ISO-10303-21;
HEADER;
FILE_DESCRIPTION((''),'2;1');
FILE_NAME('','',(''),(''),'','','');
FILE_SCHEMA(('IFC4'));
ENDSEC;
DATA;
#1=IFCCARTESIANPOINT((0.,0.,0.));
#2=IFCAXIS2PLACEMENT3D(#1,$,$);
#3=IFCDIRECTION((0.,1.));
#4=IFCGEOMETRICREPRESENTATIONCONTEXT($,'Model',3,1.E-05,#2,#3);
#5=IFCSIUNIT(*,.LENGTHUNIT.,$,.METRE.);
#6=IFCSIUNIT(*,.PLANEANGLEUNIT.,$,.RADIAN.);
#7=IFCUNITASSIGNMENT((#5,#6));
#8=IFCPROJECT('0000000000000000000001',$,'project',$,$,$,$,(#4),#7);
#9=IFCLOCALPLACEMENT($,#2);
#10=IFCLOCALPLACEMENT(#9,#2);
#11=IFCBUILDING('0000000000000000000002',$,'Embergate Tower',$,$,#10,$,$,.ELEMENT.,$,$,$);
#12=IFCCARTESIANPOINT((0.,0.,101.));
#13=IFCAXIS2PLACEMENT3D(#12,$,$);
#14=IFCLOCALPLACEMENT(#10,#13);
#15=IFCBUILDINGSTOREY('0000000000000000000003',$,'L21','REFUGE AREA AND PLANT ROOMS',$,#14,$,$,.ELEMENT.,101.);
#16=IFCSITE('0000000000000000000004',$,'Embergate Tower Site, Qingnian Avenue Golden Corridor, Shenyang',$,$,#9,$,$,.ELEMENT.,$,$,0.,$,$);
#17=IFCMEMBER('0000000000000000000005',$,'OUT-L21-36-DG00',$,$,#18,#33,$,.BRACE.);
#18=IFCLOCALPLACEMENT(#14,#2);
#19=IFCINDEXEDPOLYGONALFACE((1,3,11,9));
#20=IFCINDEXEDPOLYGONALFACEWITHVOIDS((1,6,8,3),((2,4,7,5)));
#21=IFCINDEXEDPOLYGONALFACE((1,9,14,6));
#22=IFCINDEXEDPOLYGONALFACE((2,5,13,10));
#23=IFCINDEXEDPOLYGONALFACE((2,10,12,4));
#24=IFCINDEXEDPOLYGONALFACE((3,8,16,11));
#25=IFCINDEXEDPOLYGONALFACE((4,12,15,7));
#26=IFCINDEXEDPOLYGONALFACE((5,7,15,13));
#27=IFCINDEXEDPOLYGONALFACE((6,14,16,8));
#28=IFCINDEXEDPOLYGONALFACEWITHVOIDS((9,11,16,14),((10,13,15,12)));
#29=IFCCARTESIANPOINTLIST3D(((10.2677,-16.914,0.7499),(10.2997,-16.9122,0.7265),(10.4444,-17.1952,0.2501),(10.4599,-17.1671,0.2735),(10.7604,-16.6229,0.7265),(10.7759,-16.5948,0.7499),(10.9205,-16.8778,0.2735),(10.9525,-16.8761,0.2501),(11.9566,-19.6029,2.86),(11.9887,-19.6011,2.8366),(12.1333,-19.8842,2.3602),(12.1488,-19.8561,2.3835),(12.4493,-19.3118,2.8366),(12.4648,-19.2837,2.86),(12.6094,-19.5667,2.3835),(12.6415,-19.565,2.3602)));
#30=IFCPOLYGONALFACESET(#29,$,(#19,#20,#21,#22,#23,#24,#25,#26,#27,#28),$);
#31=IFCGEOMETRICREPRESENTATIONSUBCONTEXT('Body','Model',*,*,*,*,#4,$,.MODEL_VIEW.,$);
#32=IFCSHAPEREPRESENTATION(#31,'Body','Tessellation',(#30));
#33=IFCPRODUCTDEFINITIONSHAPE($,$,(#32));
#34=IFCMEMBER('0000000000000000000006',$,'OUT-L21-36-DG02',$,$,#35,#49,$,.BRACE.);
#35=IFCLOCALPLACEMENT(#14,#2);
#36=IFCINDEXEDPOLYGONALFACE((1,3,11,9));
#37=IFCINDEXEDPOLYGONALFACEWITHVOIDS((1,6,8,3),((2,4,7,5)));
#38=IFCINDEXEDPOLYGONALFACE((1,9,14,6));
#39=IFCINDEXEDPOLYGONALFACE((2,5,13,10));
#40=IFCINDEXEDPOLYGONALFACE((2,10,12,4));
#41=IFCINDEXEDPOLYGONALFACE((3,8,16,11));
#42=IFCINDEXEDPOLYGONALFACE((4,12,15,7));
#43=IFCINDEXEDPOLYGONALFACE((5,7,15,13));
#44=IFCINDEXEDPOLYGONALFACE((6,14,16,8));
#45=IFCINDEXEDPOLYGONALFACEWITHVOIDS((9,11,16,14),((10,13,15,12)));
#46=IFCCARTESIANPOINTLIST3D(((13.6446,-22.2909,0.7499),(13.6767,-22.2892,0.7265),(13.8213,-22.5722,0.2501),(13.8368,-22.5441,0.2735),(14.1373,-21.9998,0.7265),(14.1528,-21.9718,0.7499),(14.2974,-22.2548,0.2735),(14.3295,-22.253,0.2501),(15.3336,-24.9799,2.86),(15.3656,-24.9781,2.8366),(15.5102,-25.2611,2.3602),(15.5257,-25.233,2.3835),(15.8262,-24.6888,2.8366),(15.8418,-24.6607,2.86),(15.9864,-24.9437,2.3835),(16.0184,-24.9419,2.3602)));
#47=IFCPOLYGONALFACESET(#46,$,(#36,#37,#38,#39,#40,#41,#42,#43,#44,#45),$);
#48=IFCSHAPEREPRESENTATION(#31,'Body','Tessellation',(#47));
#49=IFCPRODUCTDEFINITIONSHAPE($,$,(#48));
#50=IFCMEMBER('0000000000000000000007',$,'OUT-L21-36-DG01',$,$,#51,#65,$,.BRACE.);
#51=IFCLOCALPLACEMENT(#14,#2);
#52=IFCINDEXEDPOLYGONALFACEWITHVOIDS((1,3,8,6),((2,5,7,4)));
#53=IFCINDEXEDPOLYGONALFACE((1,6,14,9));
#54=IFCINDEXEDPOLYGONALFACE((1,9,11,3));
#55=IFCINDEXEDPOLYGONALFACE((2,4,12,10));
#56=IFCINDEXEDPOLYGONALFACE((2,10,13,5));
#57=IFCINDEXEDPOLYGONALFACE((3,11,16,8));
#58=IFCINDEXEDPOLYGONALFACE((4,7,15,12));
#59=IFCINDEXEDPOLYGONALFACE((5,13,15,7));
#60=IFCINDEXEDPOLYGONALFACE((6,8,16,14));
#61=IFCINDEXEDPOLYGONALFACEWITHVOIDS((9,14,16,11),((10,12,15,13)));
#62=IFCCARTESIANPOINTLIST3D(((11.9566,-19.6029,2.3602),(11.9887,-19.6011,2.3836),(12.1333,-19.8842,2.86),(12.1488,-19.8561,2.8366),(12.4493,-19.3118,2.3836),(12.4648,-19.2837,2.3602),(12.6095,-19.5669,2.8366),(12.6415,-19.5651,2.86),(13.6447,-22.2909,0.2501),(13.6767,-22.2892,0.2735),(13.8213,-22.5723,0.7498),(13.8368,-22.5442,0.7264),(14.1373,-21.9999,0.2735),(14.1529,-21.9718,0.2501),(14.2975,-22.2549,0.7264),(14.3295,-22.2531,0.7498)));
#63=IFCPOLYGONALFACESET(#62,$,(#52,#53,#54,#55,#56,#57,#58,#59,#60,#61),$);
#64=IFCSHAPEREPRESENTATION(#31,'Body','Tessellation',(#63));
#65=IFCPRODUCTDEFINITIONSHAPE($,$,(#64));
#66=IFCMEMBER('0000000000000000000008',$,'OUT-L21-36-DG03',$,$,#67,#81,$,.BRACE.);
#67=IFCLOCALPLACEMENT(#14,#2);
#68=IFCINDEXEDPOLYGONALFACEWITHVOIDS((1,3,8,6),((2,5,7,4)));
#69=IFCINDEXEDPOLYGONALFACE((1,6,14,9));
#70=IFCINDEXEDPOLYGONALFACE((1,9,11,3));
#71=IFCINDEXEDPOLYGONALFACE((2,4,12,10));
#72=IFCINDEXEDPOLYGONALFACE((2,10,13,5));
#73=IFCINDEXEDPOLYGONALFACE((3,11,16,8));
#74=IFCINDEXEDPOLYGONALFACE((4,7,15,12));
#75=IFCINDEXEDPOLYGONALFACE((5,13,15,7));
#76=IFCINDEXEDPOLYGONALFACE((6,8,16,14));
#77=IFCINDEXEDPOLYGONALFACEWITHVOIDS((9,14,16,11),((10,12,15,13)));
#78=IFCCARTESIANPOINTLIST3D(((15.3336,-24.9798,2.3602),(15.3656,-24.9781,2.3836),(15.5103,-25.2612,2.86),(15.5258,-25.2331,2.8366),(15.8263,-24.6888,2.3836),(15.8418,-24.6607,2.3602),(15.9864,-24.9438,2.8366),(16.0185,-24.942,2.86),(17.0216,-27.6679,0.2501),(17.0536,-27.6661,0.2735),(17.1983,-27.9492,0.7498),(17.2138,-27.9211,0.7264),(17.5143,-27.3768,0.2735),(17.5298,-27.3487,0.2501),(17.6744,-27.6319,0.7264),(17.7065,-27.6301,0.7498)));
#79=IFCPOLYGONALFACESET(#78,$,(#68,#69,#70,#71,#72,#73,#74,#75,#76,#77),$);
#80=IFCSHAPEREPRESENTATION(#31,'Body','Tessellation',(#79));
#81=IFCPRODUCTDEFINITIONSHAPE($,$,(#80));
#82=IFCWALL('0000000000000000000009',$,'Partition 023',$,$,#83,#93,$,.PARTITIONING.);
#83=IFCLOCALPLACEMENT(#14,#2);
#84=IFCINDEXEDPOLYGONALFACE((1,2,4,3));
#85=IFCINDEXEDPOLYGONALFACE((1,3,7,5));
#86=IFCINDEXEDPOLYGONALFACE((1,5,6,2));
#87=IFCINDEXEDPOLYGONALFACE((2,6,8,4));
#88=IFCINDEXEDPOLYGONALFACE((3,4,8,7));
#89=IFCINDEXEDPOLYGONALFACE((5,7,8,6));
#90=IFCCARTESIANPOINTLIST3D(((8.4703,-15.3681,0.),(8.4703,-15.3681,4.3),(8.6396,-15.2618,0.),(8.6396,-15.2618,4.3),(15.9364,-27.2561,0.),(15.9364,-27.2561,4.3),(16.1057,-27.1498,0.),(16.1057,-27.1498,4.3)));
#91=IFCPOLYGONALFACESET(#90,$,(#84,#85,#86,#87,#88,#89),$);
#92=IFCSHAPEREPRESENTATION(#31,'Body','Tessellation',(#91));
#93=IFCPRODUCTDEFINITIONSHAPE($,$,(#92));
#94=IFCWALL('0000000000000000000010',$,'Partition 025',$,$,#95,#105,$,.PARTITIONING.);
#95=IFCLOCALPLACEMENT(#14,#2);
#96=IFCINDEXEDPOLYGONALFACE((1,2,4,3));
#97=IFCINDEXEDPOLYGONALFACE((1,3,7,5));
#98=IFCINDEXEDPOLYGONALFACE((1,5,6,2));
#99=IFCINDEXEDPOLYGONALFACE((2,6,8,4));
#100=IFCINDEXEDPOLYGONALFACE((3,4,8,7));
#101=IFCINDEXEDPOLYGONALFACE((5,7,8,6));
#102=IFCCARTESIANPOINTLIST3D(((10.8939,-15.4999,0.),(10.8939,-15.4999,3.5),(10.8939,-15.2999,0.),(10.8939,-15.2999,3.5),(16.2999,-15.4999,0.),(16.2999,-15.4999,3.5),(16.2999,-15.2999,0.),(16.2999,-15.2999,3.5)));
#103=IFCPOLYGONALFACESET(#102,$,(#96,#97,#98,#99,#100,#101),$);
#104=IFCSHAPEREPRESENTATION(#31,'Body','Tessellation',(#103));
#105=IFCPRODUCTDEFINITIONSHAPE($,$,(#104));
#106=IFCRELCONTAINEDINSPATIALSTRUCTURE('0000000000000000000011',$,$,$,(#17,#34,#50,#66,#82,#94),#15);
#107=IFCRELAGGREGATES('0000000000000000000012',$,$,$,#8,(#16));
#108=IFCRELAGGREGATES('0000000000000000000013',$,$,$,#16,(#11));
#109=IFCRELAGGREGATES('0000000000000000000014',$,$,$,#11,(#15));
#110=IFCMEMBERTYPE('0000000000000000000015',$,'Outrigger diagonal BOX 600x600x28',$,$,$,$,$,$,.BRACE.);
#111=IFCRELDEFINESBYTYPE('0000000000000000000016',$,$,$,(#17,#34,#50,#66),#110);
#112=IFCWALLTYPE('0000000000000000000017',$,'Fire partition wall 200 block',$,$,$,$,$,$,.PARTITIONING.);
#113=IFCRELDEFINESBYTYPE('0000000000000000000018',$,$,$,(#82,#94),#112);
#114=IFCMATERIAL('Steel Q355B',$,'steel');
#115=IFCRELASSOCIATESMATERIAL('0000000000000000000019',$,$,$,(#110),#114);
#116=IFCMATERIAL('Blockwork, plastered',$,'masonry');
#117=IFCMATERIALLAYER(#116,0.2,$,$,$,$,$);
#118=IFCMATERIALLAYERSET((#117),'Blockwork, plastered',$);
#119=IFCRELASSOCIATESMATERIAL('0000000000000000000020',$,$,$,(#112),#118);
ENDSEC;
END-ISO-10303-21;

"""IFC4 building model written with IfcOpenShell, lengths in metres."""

from ifc_helpers import new_model, si_unit, direction, frame, frame_2d, origin, origin_2d, place, context, subcontext, project, spatial, rectangle, hollow_rectangle, extrude, source, transform, mapped, material, layer, layer_set, material_profile, profile_set, type_object, element, save


model = new_model("IFC4")

# Units and contexts
model_context = context("Model", 3, precision=1e-05, world=origin(), true_north=direction((0.0, 1.0)))
body_context = subcontext(model_context, "Body", "Model", "MODEL_VIEW")
ifc_project = project(units=[si_unit("LENGTHUNIT", "METRE"), si_unit("PLANEANGLEUNIT", "RADIAN")], contexts=[model_context])

# Site, building, storey
site_placement = place(None, origin())
site = spatial("IfcSite", under=ifc_project, at=site_placement, Name="Embergate Tower Site, Qingnian Avenue Golden Corridor, Shenyang", CompositionType="ELEMENT", RefElevation=0.0)
building_placement = place(site_placement, origin())
building = spatial("IfcBuilding", under=site, at=building_placement, Name="Embergate Tower", CompositionType="ELEMENT")
storey_placement = place(building_placement, frame((0.0, 0.0, 101.0)))
storey = spatial("IfcBuildingStorey", under=building, at=storey_placement, Name="L21", Description="REFUGE AREA AND PLANT ROOMS", CompositionType="ELEMENT", Elevation=101.0)

# Members
ifc_material_1 = material(Name="Steel Q355B", Category="steel")
ifc_material_profile_1 = material_profile(ifc_material_1, hollow_rectangle(XDim=0.6001, YDim=0.6001, WallThickness=0.0281, at=origin_2d()), Name="BOX 600x600x28")
ifc_profile_set_1 = profile_set([ifc_material_profile_1], Name="Steel Q355 grade B")
member_type_1 = type_object("IfcMemberType", Name="Outrigger diagonal BOX 600x600x28", PredefinedType="BRACE", material=ifc_profile_set_1)
shared_shape_1 = source(origin(), body_context, "Body", "SweptSolid", [
    extrude(hollow_rectangle(XDim=0.6001, YDim=0.6001, WallThickness=0.0281, at=origin_2d()), origin(), (0.0, 0.0, 1.0), 3.8125),
])
for number, where, z_axis, x_axis, name in (
    (1, (10.6101, -16.895, 0.5), (0.442999, -0.705289, 0.553461), (0.846813, 0.531891, 0.0), "OUT-L21-36-DG00"),
    (2, (13.9871, -22.272, 0.5), (0.442999, -0.705289, 0.553461), (0.846813, 0.531891, 0.0), "OUT-L21-36-DG02"),
):
    element("IfcMember", number, at=place(storey_placement, frame(where, z_axis=z_axis, x_axis=x_axis)), inside=storey, type_object=member_type_1, Name=name, PredefinedType="BRACE", context=body_context, shape_type="MappedRepresentation", body=[
        mapped(shared_shape_1, transform((0.0, 0.0, 0.0))),
    ])
shared_shape_2 = source(origin(), body_context, "Body", "SweptSolid", [
    extrude(hollow_rectangle(XDim=0.6001, YDim=0.6001, WallThickness=0.0281, at=origin_2d()), origin(), (0.0, 0.0, 1.0), 3.8115),
])
for number, where, z_axis, x_axis, name in (
    (3, (12.2991, -19.584, 2.6101), (0.442873, -0.705241, -0.553624), (0.846864, 0.531809, 0.0), "OUT-L21-36-DG01"),
    (4, (15.676, -24.9609, 2.6101), (0.442873, -0.705241, -0.553624), (0.846864, 0.531809, 0.0), "OUT-L21-36-DG03"),
):
    element("IfcMember", number, at=place(storey_placement, frame(where, z_axis=z_axis, x_axis=x_axis)), inside=storey, type_object=member_type_1, Name=name, PredefinedType="BRACE", context=body_context, shape_type="MappedRepresentation", body=[
        mapped(shared_shape_2, transform((0.0, 0.0, 0.0))),
    ])

# Shared definitions
ifc_material_2 = material(Name="Blockwork, plastered", Category="masonry")
ifc_layer = layer(ifc_material_2, 0.2)
ifc_layer_set = layer_set([ifc_layer], Name="Blockwork, plastered")
wall_type = type_object("IfcWallType", Name="Fire partition wall 200 block", PredefinedType="PARTITIONING", material=ifc_layer_set)

# Walls
shared_shape_3 = source(origin(), body_context, "Body", "SweptSolid", [
    extrude(rectangle(XDim=14.0381, YDim=0.2, at=frame_2d((7.019, 0.0))), origin(), (0.0, 0.0, 1.0), 4.3),
])
wall_1_placement = place(storey_placement, frame((8.5549, -15.3149, 0.0), z_axis=(0.0, 0.0, 1.0), x_axis=(0.531847, -0.84684, 0.0)))
element("IfcWall", 5, at=wall_1_placement, inside=storey, type_object=wall_type, Name="Partition 023", PredefinedType="PARTITIONING", context=body_context, shape_type="MappedRepresentation", body=[
    mapped(shared_shape_3, transform((0.0, 0.0, 0.0))),
])
shared_shape_4 = source(origin(), body_context, "Body", "SweptSolid", [
    extrude(rectangle(XDim=5.406, YDim=0.2, at=frame_2d((2.7031, 0.0))), origin(), (0.0, 0.0, 1.0), 3.5),
])
wall_2_placement = place(storey_placement, frame((16.3, -15.3999, 0.0), z_axis=(0.0, 0.0, 1.0), x_axis=(-1.0, 0.0, 0.0)))
element("IfcWall", 6, at=wall_2_placement, inside=storey, type_object=wall_type, Name="Partition 025", PredefinedType="PARTITIONING", context=body_context, shape_type="MappedRepresentation", body=[
    mapped(shared_shape_4, transform((0.0, 0.0, 0.0))),
])

save(model, "model.ifc")
